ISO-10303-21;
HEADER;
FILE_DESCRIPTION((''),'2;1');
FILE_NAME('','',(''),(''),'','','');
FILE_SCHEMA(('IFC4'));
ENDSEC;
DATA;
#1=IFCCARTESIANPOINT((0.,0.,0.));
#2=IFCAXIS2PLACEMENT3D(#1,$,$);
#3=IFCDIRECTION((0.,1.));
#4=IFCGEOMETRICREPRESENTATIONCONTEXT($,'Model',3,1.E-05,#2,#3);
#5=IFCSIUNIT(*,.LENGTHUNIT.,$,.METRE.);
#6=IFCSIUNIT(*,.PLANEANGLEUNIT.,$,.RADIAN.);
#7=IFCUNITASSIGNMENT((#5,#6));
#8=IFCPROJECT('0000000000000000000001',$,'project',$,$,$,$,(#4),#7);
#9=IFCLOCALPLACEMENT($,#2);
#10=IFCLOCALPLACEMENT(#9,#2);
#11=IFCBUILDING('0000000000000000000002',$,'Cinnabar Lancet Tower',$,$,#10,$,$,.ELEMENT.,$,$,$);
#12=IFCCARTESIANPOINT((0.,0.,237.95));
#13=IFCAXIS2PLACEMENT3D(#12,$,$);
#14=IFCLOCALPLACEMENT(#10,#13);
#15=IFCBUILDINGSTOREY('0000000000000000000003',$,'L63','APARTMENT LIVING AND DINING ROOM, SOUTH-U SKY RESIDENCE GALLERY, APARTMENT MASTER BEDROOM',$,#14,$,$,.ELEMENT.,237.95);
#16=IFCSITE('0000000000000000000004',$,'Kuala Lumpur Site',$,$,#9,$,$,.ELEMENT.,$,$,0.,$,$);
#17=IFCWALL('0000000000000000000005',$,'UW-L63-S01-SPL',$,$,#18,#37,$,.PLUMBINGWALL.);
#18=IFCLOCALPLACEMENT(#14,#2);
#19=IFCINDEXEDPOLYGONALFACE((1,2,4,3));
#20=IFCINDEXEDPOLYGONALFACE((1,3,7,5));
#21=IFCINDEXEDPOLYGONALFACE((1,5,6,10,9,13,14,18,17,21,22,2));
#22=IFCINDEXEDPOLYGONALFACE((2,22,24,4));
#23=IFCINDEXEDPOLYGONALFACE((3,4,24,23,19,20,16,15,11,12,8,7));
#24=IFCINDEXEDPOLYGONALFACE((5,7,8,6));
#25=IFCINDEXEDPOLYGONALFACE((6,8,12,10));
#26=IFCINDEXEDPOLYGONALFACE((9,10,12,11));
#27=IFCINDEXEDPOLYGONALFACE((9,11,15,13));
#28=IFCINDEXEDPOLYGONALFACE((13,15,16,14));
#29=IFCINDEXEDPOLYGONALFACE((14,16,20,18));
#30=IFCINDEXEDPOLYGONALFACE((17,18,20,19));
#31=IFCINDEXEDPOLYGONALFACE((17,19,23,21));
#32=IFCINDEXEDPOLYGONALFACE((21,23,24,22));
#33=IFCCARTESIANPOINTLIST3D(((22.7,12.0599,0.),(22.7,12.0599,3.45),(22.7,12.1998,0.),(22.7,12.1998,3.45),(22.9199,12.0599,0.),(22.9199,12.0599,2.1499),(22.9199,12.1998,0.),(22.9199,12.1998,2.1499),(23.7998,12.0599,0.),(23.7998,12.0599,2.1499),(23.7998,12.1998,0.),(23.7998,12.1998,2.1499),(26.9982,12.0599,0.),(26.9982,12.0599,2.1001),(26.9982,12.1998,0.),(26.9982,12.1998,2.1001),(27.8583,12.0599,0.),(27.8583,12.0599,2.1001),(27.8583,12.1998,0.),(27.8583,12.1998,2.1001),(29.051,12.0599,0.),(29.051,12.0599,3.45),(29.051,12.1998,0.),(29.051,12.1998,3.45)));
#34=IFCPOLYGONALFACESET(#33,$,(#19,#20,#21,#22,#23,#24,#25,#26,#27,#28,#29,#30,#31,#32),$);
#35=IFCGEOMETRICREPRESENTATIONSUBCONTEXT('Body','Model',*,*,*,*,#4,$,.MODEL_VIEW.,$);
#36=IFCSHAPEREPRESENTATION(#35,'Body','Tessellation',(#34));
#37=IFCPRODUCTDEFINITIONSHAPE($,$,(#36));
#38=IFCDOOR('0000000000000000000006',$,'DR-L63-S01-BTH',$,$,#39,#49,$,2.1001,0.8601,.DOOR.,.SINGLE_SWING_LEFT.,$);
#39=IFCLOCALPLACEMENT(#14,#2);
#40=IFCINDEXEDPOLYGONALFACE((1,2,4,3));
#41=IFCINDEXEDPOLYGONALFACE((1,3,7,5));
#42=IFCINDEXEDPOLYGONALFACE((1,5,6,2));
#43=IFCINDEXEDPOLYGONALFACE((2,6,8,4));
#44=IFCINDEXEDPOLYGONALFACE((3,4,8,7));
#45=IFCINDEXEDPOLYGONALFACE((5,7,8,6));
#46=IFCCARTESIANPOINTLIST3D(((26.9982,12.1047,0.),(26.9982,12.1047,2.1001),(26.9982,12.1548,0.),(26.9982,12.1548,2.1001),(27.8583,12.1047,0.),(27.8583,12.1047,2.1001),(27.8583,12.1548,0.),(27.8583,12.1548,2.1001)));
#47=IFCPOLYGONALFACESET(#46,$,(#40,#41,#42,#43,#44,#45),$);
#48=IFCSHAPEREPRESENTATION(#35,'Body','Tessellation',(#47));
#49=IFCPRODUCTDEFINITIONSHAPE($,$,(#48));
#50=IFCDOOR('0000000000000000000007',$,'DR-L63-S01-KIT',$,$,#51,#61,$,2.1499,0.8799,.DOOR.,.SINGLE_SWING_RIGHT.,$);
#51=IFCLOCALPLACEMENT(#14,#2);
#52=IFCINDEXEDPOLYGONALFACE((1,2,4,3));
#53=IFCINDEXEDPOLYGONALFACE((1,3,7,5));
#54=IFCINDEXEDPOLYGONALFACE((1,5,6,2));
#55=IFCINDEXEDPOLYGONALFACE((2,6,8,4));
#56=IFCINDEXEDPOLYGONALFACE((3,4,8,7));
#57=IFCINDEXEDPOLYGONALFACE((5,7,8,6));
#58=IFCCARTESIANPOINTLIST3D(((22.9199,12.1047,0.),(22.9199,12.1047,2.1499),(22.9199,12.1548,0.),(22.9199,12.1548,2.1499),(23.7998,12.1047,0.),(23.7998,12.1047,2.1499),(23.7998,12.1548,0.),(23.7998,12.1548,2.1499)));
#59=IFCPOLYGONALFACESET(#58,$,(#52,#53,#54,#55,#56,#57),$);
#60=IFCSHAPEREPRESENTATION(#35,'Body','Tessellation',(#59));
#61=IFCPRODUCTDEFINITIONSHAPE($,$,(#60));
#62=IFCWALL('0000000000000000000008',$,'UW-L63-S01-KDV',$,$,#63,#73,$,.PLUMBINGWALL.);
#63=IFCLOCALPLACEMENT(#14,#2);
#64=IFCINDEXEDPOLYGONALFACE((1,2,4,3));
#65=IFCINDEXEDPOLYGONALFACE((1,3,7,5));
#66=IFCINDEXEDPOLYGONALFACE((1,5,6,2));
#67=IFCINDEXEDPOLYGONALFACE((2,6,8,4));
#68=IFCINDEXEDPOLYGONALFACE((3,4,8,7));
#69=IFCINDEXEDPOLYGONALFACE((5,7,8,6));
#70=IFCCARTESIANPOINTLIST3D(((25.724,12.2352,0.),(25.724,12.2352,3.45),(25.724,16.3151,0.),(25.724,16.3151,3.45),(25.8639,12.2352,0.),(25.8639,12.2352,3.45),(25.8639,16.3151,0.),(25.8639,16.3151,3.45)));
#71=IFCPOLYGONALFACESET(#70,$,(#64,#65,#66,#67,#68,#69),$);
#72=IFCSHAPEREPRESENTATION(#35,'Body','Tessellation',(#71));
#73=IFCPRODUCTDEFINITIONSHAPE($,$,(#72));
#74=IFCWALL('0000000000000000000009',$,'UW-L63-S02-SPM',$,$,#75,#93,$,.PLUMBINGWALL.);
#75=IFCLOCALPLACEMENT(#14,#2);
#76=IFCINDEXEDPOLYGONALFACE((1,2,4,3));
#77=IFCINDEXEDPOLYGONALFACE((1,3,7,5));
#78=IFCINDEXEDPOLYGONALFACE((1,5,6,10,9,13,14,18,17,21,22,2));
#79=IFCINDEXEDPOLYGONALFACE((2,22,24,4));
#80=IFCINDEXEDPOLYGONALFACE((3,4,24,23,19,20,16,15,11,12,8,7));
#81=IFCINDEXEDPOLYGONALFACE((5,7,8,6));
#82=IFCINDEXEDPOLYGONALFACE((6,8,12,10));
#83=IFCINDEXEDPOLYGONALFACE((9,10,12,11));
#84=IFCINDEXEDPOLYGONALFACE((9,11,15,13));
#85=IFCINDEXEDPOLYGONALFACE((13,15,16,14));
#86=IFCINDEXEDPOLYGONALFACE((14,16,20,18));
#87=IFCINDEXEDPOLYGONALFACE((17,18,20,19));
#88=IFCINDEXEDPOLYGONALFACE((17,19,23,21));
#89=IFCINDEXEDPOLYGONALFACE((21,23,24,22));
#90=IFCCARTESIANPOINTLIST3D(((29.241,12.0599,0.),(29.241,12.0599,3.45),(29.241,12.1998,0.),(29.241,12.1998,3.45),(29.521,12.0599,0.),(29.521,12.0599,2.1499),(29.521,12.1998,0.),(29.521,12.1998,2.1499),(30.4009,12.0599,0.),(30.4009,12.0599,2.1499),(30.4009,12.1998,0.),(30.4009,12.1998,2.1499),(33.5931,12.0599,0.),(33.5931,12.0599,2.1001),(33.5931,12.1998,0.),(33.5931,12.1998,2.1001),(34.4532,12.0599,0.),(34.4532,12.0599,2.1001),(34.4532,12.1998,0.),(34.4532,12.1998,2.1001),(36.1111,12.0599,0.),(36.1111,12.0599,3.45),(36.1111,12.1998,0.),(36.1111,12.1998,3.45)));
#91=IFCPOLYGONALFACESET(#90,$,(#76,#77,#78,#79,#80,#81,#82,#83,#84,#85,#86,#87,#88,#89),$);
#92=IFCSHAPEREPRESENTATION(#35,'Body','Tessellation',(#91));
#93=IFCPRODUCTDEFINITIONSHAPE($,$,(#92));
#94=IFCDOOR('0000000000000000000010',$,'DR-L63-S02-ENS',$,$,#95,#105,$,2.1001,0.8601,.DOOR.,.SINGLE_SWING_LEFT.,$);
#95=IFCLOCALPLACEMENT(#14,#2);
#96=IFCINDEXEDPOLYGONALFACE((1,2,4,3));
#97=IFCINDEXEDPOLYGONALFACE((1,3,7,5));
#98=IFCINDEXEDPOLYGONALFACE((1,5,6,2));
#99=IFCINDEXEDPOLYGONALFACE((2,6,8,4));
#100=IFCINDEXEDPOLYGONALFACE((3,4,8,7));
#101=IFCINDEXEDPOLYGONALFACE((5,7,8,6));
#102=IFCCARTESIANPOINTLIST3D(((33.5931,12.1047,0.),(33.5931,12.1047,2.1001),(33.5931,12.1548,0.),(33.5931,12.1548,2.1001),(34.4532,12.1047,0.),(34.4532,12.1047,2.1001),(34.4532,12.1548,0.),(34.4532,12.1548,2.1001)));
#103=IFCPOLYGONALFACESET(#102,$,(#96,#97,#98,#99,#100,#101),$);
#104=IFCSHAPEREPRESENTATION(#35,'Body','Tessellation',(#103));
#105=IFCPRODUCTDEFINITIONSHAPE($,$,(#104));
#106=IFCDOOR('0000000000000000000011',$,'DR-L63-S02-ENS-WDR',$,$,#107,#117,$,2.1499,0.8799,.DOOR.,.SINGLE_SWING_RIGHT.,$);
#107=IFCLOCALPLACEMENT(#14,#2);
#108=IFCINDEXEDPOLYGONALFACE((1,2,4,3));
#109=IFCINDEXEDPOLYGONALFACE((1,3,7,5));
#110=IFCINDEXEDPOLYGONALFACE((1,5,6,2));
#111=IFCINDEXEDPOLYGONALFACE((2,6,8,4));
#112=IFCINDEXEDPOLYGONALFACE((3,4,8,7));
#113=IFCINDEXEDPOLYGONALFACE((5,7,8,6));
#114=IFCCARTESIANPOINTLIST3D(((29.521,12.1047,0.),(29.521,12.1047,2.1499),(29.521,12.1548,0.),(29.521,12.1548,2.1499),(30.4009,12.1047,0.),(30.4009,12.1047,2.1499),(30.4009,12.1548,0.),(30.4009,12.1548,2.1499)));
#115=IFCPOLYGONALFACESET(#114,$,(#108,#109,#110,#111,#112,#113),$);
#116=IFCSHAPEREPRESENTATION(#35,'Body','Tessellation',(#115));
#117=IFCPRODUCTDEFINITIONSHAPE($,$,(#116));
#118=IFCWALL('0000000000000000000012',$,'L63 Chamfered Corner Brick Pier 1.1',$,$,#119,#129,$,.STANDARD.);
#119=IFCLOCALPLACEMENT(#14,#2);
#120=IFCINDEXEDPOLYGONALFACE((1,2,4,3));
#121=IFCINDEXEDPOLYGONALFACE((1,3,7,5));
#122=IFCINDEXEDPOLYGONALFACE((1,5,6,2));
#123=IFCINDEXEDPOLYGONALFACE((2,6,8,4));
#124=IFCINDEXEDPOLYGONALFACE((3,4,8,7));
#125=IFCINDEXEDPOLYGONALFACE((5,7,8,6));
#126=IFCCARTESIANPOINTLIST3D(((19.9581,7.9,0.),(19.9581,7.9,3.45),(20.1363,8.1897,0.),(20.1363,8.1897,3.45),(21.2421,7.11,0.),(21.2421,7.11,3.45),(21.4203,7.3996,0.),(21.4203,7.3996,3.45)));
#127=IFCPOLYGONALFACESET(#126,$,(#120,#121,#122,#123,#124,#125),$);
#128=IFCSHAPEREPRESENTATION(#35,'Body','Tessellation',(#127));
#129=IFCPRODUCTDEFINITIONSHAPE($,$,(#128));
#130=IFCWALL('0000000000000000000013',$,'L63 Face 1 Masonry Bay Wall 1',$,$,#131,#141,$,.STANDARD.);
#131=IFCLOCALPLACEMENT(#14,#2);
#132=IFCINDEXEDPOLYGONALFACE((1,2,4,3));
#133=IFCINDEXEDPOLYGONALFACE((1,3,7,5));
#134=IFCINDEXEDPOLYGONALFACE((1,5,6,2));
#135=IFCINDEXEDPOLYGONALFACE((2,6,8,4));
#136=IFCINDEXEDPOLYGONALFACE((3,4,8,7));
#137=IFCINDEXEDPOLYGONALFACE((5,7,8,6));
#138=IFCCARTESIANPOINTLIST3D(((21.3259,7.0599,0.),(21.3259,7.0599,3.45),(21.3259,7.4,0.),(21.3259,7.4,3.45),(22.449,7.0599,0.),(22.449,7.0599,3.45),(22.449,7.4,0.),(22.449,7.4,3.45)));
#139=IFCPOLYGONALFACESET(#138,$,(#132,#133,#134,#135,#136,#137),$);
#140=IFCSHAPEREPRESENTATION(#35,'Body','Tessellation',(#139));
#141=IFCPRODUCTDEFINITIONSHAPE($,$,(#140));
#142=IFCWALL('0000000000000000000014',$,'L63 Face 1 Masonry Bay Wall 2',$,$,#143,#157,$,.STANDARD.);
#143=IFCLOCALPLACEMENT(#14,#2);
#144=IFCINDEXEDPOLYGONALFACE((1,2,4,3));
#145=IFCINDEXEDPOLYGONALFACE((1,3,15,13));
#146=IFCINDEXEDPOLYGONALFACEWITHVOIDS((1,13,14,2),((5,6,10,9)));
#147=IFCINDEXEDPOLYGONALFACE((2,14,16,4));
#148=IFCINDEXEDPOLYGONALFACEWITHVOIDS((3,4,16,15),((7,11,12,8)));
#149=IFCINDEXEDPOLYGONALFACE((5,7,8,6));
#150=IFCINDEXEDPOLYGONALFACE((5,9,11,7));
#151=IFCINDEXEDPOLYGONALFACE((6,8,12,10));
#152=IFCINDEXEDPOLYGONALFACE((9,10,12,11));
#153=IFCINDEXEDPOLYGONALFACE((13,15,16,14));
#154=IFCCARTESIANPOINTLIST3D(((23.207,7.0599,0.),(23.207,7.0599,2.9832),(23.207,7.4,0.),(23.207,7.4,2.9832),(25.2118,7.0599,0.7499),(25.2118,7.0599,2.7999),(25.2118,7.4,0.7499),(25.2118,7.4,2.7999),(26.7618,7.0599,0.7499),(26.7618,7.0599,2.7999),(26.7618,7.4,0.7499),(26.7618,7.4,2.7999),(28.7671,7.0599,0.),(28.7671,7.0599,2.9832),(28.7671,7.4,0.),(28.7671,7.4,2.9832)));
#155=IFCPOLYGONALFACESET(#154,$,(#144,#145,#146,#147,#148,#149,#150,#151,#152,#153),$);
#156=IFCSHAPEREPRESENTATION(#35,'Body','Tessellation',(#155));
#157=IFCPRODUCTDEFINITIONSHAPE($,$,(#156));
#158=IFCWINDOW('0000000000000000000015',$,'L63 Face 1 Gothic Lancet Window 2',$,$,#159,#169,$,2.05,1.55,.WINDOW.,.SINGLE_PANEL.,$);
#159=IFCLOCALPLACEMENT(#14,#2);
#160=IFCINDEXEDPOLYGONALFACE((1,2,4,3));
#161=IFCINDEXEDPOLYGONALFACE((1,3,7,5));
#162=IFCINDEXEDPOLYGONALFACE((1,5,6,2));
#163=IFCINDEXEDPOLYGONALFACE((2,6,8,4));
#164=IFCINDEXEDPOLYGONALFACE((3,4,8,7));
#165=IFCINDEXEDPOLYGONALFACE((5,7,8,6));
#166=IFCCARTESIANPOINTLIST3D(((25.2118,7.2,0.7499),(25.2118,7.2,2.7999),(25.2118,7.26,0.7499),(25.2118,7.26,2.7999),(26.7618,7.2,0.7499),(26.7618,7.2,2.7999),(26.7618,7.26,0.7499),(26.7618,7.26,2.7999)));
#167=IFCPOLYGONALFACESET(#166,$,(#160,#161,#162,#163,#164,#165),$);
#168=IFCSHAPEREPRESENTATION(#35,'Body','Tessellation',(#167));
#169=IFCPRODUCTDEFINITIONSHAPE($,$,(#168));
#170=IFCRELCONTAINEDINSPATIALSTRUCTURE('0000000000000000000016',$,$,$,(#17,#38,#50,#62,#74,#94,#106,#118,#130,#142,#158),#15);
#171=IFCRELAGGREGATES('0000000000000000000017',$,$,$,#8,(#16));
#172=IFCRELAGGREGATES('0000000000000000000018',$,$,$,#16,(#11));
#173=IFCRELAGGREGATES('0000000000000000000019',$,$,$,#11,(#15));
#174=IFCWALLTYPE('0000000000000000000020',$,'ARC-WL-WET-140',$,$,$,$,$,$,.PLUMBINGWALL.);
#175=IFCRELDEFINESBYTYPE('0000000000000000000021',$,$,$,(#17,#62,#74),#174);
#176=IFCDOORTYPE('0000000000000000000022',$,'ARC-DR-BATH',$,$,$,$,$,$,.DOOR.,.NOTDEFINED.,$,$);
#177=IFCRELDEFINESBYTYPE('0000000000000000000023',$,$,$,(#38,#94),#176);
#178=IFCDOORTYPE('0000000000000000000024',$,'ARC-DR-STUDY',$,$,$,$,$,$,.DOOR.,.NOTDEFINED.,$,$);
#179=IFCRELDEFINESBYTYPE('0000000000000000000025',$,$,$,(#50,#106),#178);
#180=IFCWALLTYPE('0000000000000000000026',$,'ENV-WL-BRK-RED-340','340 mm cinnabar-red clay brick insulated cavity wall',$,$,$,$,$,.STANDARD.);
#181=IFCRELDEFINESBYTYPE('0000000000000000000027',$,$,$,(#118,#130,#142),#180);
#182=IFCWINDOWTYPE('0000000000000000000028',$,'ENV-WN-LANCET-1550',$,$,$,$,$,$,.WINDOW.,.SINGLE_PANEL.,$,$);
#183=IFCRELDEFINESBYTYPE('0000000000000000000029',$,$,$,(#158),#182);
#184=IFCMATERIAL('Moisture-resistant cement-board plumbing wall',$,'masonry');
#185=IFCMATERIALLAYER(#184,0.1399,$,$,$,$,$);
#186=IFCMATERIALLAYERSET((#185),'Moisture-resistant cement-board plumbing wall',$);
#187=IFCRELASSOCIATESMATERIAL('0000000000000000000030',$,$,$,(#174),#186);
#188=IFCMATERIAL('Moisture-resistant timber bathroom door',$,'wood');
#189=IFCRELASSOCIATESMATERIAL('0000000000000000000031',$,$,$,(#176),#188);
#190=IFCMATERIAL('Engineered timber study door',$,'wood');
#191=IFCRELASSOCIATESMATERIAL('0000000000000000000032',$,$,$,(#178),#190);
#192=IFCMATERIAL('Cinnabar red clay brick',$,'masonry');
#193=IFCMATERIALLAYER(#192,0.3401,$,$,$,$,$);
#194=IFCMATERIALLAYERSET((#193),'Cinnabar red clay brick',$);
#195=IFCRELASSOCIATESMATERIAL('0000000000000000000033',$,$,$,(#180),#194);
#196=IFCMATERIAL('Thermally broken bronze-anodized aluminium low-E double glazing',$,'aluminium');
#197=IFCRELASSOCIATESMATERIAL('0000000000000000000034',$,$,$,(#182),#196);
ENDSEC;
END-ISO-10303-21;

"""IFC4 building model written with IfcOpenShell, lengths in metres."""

from ifc_helpers import new_model, si_unit, direction, frame, frame_2d, origin, place, context, subcontext, project, spatial, rectangle, extrude, material, layer, layer_set, type_object, element, fill, save


model = new_model("IFC4")

# Units and contexts
model_context = context("Model", 3, precision=1e-05, world=origin(), true_north=direction((0.0, 1.0)))
body_context = subcontext(model_context, "Body", "Model", "MODEL_VIEW")
ifc_project = project(units=[si_unit("LENGTHUNIT", "METRE"), si_unit("PLANEANGLEUNIT", "RADIAN")], contexts=[model_context])

# Site, building, storey
site_placement = place(None, origin())
site = spatial("IfcSite", under=ifc_project, at=site_placement, Name="Kuala Lumpur Site", CompositionType="ELEMENT", RefElevation=0.0)
building_placement = place(site_placement, origin())
building = spatial("IfcBuilding", under=site, at=building_placement, Name="Cinnabar Lancet Tower", CompositionType="ELEMENT")
storey_placement = place(building_placement, frame((0.0, 0.0, 237.95)))
storey = spatial("IfcBuildingStorey", under=building, at=storey_placement, Name="L63", Description="APARTMENT LIVING AND DINING ROOM, SOUTH-U SKY RESIDENCE GALLERY, APARTMENT MASTER BEDROOM", CompositionType="ELEMENT", Elevation=237.95)

# Wall, openings, doors
ifc_material_1 = material(Name="Moisture-resistant cement-board plumbing wall", Category="masonry")
ifc_layer_1 = layer(ifc_material_1, 0.1399)
ifc_layer_set_1 = layer_set([ifc_layer_1], Name="Moisture-resistant cement-board plumbing wall")
wall_type_1 = type_object("IfcWallType", Name="ARC-WL-WET-140", PredefinedType="PLUMBINGWALL", material=ifc_layer_set_1)
wall_1_placement = place(storey_placement, frame((22.7, 12.1299, 0.0), z_axis=(0.0, 0.0, 1.0), x_axis=(1.0, 0.0, 0.0)))
wall_1 = element("IfcWall", 1, at=wall_1_placement, inside=storey, type_object=wall_type_1, Name="UW-L63-S01-SPL", PredefinedType="PLUMBINGWALL", context=body_context, shape_type="SweptSolid", body=[
    extrude(rectangle(XDim=6.3511, YDim=0.1399, at=frame_2d((3.1755, 0.0))), origin(), (0.0, 0.0, 1.0), 3.45),
])
opening_1_placement = place(wall_1_placement, frame((4.2981, 0.0, 0.0)))
opening_1 = element("IfcOpeningElement", 2, at=opening_1_placement, cuts=wall_1, PredefinedType="OPENING", context=body_context, shape_type="SweptSolid", body=[
    extrude(rectangle(XDim=0.8601, YDim=2.1001, at=frame_2d((0.4302, 1.05))), frame((0.0, 0.0798, 0.0), z_axis=(0.0, -1.0, 0.0), x_axis=(1.0, 0.0, 0.0)), (0.0, 0.0, 1.0), 0.1599),
])
opening_2_placement = place(wall_1_placement, frame((0.22, 0.0, 0.0)))
opening_2 = element("IfcOpeningElement", 3, at=opening_2_placement, cuts=wall_1, PredefinedType="OPENING", context=body_context, shape_type="SweptSolid", body=[
    extrude(rectangle(XDim=0.8799, YDim=2.1499, at=frame_2d((0.4399, 1.075))), frame((0.0, 0.0798, 0.0), z_axis=(0.0, -1.0, 0.0), x_axis=(1.0, 0.0, 0.0)), (0.0, 0.0, 1.0), 0.1599),
])
ifc_material_2 = material(Name="Moisture-resistant timber bathroom door", Category="wood")
door_type_1 = type_object("IfcDoorType", Name="ARC-DR-BATH", OperationType="NOTDEFINED", PredefinedType="DOOR", material=ifc_material_2)
door_1_placement = place(opening_1_placement, origin())
door_1 = element("IfcDoor", 4, at=door_1_placement, inside=storey, type_object=door_type_1, Name="DR-L63-S01-BTH", OperationType="SINGLE_SWING_LEFT", OverallHeight=2.1001, OverallWidth=0.8601, PredefinedType="DOOR", context=body_context, shape_type="SweptSolid", body=[
    extrude(rectangle(XDim=0.8601, YDim=2.1001, at=frame_2d((0.4302, 1.05))), frame((0.0, 0.0249, 0.0), z_axis=(0.0, -1.0, 0.0), x_axis=(1.0, 0.0, 0.0)), (0.0, 0.0, 1.0), 0.05),
])
fill(opening_1, door_1)
ifc_material_3 = material(Name="Engineered timber study door", Category="wood")
door_type_2 = type_object("IfcDoorType", Name="ARC-DR-STUDY", OperationType="NOTDEFINED", PredefinedType="DOOR", material=ifc_material_3)
door_2_placement = place(opening_2_placement, origin())
door_2 = element("IfcDoor", 5, at=door_2_placement, inside=storey, type_object=door_type_2, Name="DR-L63-S01-KIT", OperationType="SINGLE_SWING_RIGHT", OverallHeight=2.1499, OverallWidth=0.8799, PredefinedType="DOOR", context=body_context, shape_type="SweptSolid", body=[
    extrude(rectangle(XDim=0.8799, YDim=2.1499, at=frame_2d((0.4399, 1.075))), frame((0.0, 0.0249, 0.0), z_axis=(0.0, -1.0, 0.0), x_axis=(1.0, 0.0, 0.0)), (0.0, 0.0, 1.0), 0.05),
])
fill(opening_2, door_2)

# Wall
wall_2_placement = place(storey_placement, frame((25.7939, 12.2351, 0.0), z_axis=(0.0, 0.0, 1.0), x_axis=(0.0, 1.0, 0.0)))
element("IfcWall", 6, at=wall_2_placement, inside=storey, type_object=wall_type_1, Name="UW-L63-S01-KDV", PredefinedType="PLUMBINGWALL", context=body_context, shape_type="SweptSolid", body=[
    extrude(rectangle(XDim=4.0798, YDim=0.1399, at=frame_2d((2.04, 0.0))), origin(), (0.0, 0.0, 1.0), 3.45),
])

# Wall, openings, doors
wall_3_placement = place(storey_placement, frame((29.241, 12.1299, 0.0), z_axis=(0.0, 0.0, 1.0), x_axis=(1.0, 0.0, 0.0)))
wall_3 = element("IfcWall", 7, at=wall_3_placement, inside=storey, type_object=wall_type_1, Name="UW-L63-S02-SPM", PredefinedType="PLUMBINGWALL", context=body_context, shape_type="SweptSolid", body=[
    extrude(rectangle(XDim=6.8701, YDim=0.1399, at=frame_2d((3.4351, 0.0))), origin(), (0.0, 0.0, 1.0), 3.45),
])
opening_3_placement = place(wall_3_placement, frame((0.28, 0.0, 0.0)))
opening_3 = element("IfcOpeningElement", 8, at=opening_3_placement, cuts=wall_3, PredefinedType="OPENING", context=body_context, shape_type="SweptSolid", body=[
    extrude(rectangle(XDim=0.8799, YDim=2.1499, at=frame_2d((0.4399, 1.075))), frame((0.0, 0.0798, 0.0), z_axis=(0.0, -1.0, 0.0), x_axis=(1.0, 0.0, 0.0)), (0.0, 0.0, 1.0), 0.1599),
])
opening_4_placement = place(wall_3_placement, frame((4.3521, 0.0, 0.0)))
opening_4 = element("IfcOpeningElement", 9, at=opening_4_placement, cuts=wall_3, PredefinedType="OPENING", context=body_context, shape_type="SweptSolid", body=[
    extrude(rectangle(XDim=0.8601, YDim=2.1001, at=frame_2d((0.4302, 1.05))), frame((0.0, 0.0798, 0.0), z_axis=(0.0, -1.0, 0.0), x_axis=(1.0, 0.0, 0.0)), (0.0, 0.0, 1.0), 0.1599),
])
door_3_placement = place(opening_4_placement, origin())
door_3 = element("IfcDoor", 10, at=door_3_placement, inside=storey, type_object=door_type_1, Name="DR-L63-S02-ENS", OperationType="SINGLE_SWING_LEFT", OverallHeight=2.1001, OverallWidth=0.8601, PredefinedType="DOOR", context=body_context, shape_type="SweptSolid", body=[
    extrude(rectangle(XDim=0.8601, YDim=2.1001, at=frame_2d((0.4302, 1.05))), frame((0.0, 0.0249, 0.0), z_axis=(0.0, -1.0, 0.0), x_axis=(1.0, 0.0, 0.0)), (0.0, 0.0, 1.0), 0.05),
])
fill(opening_4, door_3)
door_4_placement = place(opening_3_placement, origin())
door_4 = element("IfcDoor", 11, at=door_4_placement, inside=storey, type_object=door_type_2, Name="DR-L63-S02-ENS-WDR", OperationType="SINGLE_SWING_RIGHT", OverallHeight=2.1499, OverallWidth=0.8799, PredefinedType="DOOR", context=body_context, shape_type="SweptSolid", body=[
    extrude(rectangle(XDim=0.8799, YDim=2.1499, at=frame_2d((0.4399, 1.075))), frame((0.0, 0.0249, 0.0), z_axis=(0.0, -1.0, 0.0), x_axis=(1.0, 0.0, 0.0)), (0.0, 0.0, 1.0), 0.05),
])
fill(opening_3, door_4)

# Walls
ifc_material_4 = material(Name="Cinnabar red clay brick", Category="masonry")
ifc_layer_2 = layer(ifc_material_4, 0.3401)
ifc_layer_set_2 = layer_set([ifc_layer_2], Name="Cinnabar red clay brick")
wall_type_2 = type_object("IfcWallType", Name="ENV-WL-BRK-RED-340", Description="340 mm cinnabar-red clay brick insulated cavity wall", PredefinedType="STANDARD", material=ifc_layer_set_2)
wall_4_placement = place(storey_placement, frame((20.0471, 8.0449, 0.0), z_axis=(0.0, 0.0, 1.0), x_axis=(0.851681, -0.524061, 0.0)))
element("IfcWall", 12, at=wall_4_placement, inside=storey, type_object=wall_type_2, Name="L63 Chamfered Corner Brick Pier 1.1", PredefinedType="STANDARD", context=body_context, shape_type="SweptSolid", body=[
    extrude(rectangle(XDim=1.5076, YDim=0.3401, at=frame_2d((0.7539, 0.0))), origin(), (0.0, 0.0, 1.0), 3.45),
])
wall_5_placement = place(storey_placement, frame((21.3259, 7.23, 0.0), z_axis=(0.0, 0.0, 1.0), x_axis=(1.0, 0.0, 0.0)))
element("IfcWall", 13, at=wall_5_placement, inside=storey, type_object=wall_type_2, Name="L63 Face 1 Masonry Bay Wall 1", PredefinedType="STANDARD", context=body_context, shape_type="SweptSolid", body=[
    extrude(rectangle(XDim=1.123, YDim=0.3401, at=frame_2d((0.5615, 0.0))), origin(), (0.0, 0.0, 1.0), 3.45),
])

# Wall, opening, window
wall_6_placement = place(storey_placement, frame((23.207, 7.23, 0.0), z_axis=(0.0, 0.0, 1.0), x_axis=(1.0, 0.0, 0.0)))
wall_6 = element("IfcWall", 14, at=wall_6_placement, inside=storey, type_object=wall_type_2, Name="L63 Face 1 Masonry Bay Wall 2", PredefinedType="STANDARD", context=body_context, shape_type="SweptSolid", body=[
    extrude(rectangle(XDim=5.5601, YDim=0.3401, at=frame_2d((2.78, 0.0))), origin(), (0.0, 0.0, 1.0), 2.9832),
])
opening_5_placement = place(wall_6_placement, frame((2.0049, 0.0, 0.75)))
opening_5 = element("IfcOpeningElement", 15, at=opening_5_placement, cuts=wall_6, PredefinedType="OPENING", context=body_context, shape_type="SweptSolid", body=[
    extrude(rectangle(XDim=1.55, YDim=2.05, at=frame_2d((0.7749, 1.0249))), frame((0.0, 0.1799, 0.0), z_axis=(0.0, -1.0, 0.0), x_axis=(1.0, 0.0, 0.0)), (0.0, 0.0, 1.0), 0.3601),
])
ifc_material_5 = material(Name="Thermally broken bronze-anodized aluminium low-E double glazing", Category="aluminium")
window_type = type_object("IfcWindowType", Name="ENV-WN-LANCET-1550", PartitioningType="SINGLE_PANEL", PredefinedType="WINDOW", material=ifc_material_5)
window_placement = place(opening_5_placement, origin())
window = element("IfcWindow", 16, at=window_placement, inside=storey, type_object=window_type, Name="L63 Face 1 Gothic Lancet Window 2", OverallHeight=2.05, OverallWidth=1.55, PartitioningType="SINGLE_PANEL", PredefinedType="WINDOW", context=body_context, shape_type="SweptSolid", body=[
    extrude(rectangle(XDim=1.55, YDim=2.05, at=frame_2d((0.7749, 1.0249))), frame((0.0, 0.03, 0.0), z_axis=(0.0, -1.0, 0.0), x_axis=(1.0, 0.0, 0.0)), (0.0, 0.0, 1.0), 0.0601),
])
fill(opening_5, window)

save(model, "model.ifc")
